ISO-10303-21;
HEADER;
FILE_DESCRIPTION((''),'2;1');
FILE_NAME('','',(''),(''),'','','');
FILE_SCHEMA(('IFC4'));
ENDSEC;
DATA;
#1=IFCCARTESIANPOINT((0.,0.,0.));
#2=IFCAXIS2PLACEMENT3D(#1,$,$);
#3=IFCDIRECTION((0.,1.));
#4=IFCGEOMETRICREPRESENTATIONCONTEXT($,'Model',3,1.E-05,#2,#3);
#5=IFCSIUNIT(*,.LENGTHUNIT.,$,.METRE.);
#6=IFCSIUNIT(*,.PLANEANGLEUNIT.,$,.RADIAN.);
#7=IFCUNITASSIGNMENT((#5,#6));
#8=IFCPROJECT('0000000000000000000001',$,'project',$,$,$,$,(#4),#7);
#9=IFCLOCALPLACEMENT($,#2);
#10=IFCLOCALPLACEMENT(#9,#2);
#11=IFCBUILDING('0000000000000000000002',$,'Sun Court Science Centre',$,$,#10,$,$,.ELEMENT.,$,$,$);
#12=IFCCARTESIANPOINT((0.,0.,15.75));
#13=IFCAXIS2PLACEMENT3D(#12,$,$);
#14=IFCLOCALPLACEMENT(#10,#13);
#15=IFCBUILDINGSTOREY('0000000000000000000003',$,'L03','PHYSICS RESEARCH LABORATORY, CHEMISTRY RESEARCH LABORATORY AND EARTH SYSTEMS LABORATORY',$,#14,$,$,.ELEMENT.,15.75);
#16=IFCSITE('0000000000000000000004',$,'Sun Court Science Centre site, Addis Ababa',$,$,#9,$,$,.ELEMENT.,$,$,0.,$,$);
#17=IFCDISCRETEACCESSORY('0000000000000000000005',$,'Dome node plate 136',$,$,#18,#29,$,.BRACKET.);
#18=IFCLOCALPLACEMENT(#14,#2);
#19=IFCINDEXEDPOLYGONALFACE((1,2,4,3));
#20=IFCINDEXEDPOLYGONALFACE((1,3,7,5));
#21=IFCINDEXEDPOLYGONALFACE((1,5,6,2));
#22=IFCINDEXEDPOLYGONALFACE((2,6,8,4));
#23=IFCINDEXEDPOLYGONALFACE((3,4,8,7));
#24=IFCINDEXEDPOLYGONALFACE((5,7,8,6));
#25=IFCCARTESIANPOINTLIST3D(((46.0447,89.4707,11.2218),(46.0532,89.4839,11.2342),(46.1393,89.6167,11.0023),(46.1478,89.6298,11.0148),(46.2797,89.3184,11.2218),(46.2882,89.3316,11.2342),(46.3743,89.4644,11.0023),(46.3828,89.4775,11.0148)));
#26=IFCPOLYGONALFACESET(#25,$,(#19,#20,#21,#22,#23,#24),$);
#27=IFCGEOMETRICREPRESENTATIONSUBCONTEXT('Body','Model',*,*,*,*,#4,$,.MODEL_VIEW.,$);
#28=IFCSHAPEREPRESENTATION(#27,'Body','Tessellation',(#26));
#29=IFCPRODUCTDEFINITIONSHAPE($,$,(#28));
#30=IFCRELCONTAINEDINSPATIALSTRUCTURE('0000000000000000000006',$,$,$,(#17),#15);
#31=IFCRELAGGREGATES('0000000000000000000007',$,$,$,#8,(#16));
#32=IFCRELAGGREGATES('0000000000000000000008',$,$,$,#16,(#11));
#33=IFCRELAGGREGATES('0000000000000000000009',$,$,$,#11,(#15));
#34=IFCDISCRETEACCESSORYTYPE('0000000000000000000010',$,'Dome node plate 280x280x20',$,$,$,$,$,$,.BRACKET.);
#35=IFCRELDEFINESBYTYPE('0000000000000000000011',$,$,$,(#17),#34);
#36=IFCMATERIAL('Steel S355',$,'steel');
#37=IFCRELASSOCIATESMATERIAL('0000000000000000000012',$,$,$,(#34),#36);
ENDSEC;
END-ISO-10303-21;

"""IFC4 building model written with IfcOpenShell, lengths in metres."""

from ifc_helpers import new_model, si_unit, direction, frame, origin, origin_2d, place, context, subcontext, project, spatial, rectangle, extrude, material, material_profile, profile_set, type_object, element, save


model = new_model("IFC4")

# Units and contexts
model_context = context("Model", 3, precision=1e-05, world=origin(), true_north=direction((0.0, 1.0)))
body_context = subcontext(model_context, "Body", "Model", "MODEL_VIEW")
ifc_project = project(units=[si_unit("LENGTHUNIT", "METRE"), si_unit("PLANEANGLEUNIT", "RADIAN")], contexts=[model_context])

# Site, building, storey
site_placement = place(None, origin())
site = spatial("IfcSite", under=ifc_project, at=site_placement, Name="Sun Court Science Centre site, Addis Ababa", CompositionType="ELEMENT", RefElevation=0.0)
building_placement = place(site_placement, origin())
building = spatial("IfcBuilding", under=site, at=building_placement, Name="Sun Court Science Centre", CompositionType="ELEMENT")
storey_placement = place(building_placement, frame((0.0, 0.0, 15.75)))
storey = spatial("IfcBuildingStorey", under=building, at=storey_placement, Name="L03", Description="PHYSICS RESEARCH LABORATORY, CHEMISTRY RESEARCH LABORATORY AND EARTH SYSTEMS LABORATORY", CompositionType="ELEMENT", Elevation=15.75)

# Discrete accessory
ifc_material_1 = material(Name="Steel S355", Category="steel")
ifc_material_profile_1 = material_profile(ifc_material_1, rectangle(XDim=0.28, YDim=0.28, at=origin_2d()), Name="PL 280x280")
ifc_profile_set_1 = profile_set([ifc_material_profile_1], Name="Steel S355")
discrete_accessory_type = type_object("IfcDiscreteAccessoryType", Name="Dome node plate 280x280x20", PredefinedType="BRACKET", material=ifc_profile_set_1)
for number, where, z_axis, x_axis, name in (
    (1, (46.2095, 89.4675, 11.1121), (0.426259, 0.657657, 0.62112), (-0.839153, 0.543895, 0.0), "Dome node plate 136"),
):
    element("IfcDiscreteAccessory", number, at=place(storey_placement, frame(where, z_axis=z_axis, x_axis=x_axis)), inside=storey, type_object=discrete_accessory_type, Name=name, PredefinedType="BRACKET", context=body_context, shape_type="SweptSolid", body=[
        extrude(rectangle(XDim=0.28, YDim=0.28, at=origin_2d()), origin(), (0.0, 0.0, 1.0), 0.02),
    ])

save(model, "model.ifc")
